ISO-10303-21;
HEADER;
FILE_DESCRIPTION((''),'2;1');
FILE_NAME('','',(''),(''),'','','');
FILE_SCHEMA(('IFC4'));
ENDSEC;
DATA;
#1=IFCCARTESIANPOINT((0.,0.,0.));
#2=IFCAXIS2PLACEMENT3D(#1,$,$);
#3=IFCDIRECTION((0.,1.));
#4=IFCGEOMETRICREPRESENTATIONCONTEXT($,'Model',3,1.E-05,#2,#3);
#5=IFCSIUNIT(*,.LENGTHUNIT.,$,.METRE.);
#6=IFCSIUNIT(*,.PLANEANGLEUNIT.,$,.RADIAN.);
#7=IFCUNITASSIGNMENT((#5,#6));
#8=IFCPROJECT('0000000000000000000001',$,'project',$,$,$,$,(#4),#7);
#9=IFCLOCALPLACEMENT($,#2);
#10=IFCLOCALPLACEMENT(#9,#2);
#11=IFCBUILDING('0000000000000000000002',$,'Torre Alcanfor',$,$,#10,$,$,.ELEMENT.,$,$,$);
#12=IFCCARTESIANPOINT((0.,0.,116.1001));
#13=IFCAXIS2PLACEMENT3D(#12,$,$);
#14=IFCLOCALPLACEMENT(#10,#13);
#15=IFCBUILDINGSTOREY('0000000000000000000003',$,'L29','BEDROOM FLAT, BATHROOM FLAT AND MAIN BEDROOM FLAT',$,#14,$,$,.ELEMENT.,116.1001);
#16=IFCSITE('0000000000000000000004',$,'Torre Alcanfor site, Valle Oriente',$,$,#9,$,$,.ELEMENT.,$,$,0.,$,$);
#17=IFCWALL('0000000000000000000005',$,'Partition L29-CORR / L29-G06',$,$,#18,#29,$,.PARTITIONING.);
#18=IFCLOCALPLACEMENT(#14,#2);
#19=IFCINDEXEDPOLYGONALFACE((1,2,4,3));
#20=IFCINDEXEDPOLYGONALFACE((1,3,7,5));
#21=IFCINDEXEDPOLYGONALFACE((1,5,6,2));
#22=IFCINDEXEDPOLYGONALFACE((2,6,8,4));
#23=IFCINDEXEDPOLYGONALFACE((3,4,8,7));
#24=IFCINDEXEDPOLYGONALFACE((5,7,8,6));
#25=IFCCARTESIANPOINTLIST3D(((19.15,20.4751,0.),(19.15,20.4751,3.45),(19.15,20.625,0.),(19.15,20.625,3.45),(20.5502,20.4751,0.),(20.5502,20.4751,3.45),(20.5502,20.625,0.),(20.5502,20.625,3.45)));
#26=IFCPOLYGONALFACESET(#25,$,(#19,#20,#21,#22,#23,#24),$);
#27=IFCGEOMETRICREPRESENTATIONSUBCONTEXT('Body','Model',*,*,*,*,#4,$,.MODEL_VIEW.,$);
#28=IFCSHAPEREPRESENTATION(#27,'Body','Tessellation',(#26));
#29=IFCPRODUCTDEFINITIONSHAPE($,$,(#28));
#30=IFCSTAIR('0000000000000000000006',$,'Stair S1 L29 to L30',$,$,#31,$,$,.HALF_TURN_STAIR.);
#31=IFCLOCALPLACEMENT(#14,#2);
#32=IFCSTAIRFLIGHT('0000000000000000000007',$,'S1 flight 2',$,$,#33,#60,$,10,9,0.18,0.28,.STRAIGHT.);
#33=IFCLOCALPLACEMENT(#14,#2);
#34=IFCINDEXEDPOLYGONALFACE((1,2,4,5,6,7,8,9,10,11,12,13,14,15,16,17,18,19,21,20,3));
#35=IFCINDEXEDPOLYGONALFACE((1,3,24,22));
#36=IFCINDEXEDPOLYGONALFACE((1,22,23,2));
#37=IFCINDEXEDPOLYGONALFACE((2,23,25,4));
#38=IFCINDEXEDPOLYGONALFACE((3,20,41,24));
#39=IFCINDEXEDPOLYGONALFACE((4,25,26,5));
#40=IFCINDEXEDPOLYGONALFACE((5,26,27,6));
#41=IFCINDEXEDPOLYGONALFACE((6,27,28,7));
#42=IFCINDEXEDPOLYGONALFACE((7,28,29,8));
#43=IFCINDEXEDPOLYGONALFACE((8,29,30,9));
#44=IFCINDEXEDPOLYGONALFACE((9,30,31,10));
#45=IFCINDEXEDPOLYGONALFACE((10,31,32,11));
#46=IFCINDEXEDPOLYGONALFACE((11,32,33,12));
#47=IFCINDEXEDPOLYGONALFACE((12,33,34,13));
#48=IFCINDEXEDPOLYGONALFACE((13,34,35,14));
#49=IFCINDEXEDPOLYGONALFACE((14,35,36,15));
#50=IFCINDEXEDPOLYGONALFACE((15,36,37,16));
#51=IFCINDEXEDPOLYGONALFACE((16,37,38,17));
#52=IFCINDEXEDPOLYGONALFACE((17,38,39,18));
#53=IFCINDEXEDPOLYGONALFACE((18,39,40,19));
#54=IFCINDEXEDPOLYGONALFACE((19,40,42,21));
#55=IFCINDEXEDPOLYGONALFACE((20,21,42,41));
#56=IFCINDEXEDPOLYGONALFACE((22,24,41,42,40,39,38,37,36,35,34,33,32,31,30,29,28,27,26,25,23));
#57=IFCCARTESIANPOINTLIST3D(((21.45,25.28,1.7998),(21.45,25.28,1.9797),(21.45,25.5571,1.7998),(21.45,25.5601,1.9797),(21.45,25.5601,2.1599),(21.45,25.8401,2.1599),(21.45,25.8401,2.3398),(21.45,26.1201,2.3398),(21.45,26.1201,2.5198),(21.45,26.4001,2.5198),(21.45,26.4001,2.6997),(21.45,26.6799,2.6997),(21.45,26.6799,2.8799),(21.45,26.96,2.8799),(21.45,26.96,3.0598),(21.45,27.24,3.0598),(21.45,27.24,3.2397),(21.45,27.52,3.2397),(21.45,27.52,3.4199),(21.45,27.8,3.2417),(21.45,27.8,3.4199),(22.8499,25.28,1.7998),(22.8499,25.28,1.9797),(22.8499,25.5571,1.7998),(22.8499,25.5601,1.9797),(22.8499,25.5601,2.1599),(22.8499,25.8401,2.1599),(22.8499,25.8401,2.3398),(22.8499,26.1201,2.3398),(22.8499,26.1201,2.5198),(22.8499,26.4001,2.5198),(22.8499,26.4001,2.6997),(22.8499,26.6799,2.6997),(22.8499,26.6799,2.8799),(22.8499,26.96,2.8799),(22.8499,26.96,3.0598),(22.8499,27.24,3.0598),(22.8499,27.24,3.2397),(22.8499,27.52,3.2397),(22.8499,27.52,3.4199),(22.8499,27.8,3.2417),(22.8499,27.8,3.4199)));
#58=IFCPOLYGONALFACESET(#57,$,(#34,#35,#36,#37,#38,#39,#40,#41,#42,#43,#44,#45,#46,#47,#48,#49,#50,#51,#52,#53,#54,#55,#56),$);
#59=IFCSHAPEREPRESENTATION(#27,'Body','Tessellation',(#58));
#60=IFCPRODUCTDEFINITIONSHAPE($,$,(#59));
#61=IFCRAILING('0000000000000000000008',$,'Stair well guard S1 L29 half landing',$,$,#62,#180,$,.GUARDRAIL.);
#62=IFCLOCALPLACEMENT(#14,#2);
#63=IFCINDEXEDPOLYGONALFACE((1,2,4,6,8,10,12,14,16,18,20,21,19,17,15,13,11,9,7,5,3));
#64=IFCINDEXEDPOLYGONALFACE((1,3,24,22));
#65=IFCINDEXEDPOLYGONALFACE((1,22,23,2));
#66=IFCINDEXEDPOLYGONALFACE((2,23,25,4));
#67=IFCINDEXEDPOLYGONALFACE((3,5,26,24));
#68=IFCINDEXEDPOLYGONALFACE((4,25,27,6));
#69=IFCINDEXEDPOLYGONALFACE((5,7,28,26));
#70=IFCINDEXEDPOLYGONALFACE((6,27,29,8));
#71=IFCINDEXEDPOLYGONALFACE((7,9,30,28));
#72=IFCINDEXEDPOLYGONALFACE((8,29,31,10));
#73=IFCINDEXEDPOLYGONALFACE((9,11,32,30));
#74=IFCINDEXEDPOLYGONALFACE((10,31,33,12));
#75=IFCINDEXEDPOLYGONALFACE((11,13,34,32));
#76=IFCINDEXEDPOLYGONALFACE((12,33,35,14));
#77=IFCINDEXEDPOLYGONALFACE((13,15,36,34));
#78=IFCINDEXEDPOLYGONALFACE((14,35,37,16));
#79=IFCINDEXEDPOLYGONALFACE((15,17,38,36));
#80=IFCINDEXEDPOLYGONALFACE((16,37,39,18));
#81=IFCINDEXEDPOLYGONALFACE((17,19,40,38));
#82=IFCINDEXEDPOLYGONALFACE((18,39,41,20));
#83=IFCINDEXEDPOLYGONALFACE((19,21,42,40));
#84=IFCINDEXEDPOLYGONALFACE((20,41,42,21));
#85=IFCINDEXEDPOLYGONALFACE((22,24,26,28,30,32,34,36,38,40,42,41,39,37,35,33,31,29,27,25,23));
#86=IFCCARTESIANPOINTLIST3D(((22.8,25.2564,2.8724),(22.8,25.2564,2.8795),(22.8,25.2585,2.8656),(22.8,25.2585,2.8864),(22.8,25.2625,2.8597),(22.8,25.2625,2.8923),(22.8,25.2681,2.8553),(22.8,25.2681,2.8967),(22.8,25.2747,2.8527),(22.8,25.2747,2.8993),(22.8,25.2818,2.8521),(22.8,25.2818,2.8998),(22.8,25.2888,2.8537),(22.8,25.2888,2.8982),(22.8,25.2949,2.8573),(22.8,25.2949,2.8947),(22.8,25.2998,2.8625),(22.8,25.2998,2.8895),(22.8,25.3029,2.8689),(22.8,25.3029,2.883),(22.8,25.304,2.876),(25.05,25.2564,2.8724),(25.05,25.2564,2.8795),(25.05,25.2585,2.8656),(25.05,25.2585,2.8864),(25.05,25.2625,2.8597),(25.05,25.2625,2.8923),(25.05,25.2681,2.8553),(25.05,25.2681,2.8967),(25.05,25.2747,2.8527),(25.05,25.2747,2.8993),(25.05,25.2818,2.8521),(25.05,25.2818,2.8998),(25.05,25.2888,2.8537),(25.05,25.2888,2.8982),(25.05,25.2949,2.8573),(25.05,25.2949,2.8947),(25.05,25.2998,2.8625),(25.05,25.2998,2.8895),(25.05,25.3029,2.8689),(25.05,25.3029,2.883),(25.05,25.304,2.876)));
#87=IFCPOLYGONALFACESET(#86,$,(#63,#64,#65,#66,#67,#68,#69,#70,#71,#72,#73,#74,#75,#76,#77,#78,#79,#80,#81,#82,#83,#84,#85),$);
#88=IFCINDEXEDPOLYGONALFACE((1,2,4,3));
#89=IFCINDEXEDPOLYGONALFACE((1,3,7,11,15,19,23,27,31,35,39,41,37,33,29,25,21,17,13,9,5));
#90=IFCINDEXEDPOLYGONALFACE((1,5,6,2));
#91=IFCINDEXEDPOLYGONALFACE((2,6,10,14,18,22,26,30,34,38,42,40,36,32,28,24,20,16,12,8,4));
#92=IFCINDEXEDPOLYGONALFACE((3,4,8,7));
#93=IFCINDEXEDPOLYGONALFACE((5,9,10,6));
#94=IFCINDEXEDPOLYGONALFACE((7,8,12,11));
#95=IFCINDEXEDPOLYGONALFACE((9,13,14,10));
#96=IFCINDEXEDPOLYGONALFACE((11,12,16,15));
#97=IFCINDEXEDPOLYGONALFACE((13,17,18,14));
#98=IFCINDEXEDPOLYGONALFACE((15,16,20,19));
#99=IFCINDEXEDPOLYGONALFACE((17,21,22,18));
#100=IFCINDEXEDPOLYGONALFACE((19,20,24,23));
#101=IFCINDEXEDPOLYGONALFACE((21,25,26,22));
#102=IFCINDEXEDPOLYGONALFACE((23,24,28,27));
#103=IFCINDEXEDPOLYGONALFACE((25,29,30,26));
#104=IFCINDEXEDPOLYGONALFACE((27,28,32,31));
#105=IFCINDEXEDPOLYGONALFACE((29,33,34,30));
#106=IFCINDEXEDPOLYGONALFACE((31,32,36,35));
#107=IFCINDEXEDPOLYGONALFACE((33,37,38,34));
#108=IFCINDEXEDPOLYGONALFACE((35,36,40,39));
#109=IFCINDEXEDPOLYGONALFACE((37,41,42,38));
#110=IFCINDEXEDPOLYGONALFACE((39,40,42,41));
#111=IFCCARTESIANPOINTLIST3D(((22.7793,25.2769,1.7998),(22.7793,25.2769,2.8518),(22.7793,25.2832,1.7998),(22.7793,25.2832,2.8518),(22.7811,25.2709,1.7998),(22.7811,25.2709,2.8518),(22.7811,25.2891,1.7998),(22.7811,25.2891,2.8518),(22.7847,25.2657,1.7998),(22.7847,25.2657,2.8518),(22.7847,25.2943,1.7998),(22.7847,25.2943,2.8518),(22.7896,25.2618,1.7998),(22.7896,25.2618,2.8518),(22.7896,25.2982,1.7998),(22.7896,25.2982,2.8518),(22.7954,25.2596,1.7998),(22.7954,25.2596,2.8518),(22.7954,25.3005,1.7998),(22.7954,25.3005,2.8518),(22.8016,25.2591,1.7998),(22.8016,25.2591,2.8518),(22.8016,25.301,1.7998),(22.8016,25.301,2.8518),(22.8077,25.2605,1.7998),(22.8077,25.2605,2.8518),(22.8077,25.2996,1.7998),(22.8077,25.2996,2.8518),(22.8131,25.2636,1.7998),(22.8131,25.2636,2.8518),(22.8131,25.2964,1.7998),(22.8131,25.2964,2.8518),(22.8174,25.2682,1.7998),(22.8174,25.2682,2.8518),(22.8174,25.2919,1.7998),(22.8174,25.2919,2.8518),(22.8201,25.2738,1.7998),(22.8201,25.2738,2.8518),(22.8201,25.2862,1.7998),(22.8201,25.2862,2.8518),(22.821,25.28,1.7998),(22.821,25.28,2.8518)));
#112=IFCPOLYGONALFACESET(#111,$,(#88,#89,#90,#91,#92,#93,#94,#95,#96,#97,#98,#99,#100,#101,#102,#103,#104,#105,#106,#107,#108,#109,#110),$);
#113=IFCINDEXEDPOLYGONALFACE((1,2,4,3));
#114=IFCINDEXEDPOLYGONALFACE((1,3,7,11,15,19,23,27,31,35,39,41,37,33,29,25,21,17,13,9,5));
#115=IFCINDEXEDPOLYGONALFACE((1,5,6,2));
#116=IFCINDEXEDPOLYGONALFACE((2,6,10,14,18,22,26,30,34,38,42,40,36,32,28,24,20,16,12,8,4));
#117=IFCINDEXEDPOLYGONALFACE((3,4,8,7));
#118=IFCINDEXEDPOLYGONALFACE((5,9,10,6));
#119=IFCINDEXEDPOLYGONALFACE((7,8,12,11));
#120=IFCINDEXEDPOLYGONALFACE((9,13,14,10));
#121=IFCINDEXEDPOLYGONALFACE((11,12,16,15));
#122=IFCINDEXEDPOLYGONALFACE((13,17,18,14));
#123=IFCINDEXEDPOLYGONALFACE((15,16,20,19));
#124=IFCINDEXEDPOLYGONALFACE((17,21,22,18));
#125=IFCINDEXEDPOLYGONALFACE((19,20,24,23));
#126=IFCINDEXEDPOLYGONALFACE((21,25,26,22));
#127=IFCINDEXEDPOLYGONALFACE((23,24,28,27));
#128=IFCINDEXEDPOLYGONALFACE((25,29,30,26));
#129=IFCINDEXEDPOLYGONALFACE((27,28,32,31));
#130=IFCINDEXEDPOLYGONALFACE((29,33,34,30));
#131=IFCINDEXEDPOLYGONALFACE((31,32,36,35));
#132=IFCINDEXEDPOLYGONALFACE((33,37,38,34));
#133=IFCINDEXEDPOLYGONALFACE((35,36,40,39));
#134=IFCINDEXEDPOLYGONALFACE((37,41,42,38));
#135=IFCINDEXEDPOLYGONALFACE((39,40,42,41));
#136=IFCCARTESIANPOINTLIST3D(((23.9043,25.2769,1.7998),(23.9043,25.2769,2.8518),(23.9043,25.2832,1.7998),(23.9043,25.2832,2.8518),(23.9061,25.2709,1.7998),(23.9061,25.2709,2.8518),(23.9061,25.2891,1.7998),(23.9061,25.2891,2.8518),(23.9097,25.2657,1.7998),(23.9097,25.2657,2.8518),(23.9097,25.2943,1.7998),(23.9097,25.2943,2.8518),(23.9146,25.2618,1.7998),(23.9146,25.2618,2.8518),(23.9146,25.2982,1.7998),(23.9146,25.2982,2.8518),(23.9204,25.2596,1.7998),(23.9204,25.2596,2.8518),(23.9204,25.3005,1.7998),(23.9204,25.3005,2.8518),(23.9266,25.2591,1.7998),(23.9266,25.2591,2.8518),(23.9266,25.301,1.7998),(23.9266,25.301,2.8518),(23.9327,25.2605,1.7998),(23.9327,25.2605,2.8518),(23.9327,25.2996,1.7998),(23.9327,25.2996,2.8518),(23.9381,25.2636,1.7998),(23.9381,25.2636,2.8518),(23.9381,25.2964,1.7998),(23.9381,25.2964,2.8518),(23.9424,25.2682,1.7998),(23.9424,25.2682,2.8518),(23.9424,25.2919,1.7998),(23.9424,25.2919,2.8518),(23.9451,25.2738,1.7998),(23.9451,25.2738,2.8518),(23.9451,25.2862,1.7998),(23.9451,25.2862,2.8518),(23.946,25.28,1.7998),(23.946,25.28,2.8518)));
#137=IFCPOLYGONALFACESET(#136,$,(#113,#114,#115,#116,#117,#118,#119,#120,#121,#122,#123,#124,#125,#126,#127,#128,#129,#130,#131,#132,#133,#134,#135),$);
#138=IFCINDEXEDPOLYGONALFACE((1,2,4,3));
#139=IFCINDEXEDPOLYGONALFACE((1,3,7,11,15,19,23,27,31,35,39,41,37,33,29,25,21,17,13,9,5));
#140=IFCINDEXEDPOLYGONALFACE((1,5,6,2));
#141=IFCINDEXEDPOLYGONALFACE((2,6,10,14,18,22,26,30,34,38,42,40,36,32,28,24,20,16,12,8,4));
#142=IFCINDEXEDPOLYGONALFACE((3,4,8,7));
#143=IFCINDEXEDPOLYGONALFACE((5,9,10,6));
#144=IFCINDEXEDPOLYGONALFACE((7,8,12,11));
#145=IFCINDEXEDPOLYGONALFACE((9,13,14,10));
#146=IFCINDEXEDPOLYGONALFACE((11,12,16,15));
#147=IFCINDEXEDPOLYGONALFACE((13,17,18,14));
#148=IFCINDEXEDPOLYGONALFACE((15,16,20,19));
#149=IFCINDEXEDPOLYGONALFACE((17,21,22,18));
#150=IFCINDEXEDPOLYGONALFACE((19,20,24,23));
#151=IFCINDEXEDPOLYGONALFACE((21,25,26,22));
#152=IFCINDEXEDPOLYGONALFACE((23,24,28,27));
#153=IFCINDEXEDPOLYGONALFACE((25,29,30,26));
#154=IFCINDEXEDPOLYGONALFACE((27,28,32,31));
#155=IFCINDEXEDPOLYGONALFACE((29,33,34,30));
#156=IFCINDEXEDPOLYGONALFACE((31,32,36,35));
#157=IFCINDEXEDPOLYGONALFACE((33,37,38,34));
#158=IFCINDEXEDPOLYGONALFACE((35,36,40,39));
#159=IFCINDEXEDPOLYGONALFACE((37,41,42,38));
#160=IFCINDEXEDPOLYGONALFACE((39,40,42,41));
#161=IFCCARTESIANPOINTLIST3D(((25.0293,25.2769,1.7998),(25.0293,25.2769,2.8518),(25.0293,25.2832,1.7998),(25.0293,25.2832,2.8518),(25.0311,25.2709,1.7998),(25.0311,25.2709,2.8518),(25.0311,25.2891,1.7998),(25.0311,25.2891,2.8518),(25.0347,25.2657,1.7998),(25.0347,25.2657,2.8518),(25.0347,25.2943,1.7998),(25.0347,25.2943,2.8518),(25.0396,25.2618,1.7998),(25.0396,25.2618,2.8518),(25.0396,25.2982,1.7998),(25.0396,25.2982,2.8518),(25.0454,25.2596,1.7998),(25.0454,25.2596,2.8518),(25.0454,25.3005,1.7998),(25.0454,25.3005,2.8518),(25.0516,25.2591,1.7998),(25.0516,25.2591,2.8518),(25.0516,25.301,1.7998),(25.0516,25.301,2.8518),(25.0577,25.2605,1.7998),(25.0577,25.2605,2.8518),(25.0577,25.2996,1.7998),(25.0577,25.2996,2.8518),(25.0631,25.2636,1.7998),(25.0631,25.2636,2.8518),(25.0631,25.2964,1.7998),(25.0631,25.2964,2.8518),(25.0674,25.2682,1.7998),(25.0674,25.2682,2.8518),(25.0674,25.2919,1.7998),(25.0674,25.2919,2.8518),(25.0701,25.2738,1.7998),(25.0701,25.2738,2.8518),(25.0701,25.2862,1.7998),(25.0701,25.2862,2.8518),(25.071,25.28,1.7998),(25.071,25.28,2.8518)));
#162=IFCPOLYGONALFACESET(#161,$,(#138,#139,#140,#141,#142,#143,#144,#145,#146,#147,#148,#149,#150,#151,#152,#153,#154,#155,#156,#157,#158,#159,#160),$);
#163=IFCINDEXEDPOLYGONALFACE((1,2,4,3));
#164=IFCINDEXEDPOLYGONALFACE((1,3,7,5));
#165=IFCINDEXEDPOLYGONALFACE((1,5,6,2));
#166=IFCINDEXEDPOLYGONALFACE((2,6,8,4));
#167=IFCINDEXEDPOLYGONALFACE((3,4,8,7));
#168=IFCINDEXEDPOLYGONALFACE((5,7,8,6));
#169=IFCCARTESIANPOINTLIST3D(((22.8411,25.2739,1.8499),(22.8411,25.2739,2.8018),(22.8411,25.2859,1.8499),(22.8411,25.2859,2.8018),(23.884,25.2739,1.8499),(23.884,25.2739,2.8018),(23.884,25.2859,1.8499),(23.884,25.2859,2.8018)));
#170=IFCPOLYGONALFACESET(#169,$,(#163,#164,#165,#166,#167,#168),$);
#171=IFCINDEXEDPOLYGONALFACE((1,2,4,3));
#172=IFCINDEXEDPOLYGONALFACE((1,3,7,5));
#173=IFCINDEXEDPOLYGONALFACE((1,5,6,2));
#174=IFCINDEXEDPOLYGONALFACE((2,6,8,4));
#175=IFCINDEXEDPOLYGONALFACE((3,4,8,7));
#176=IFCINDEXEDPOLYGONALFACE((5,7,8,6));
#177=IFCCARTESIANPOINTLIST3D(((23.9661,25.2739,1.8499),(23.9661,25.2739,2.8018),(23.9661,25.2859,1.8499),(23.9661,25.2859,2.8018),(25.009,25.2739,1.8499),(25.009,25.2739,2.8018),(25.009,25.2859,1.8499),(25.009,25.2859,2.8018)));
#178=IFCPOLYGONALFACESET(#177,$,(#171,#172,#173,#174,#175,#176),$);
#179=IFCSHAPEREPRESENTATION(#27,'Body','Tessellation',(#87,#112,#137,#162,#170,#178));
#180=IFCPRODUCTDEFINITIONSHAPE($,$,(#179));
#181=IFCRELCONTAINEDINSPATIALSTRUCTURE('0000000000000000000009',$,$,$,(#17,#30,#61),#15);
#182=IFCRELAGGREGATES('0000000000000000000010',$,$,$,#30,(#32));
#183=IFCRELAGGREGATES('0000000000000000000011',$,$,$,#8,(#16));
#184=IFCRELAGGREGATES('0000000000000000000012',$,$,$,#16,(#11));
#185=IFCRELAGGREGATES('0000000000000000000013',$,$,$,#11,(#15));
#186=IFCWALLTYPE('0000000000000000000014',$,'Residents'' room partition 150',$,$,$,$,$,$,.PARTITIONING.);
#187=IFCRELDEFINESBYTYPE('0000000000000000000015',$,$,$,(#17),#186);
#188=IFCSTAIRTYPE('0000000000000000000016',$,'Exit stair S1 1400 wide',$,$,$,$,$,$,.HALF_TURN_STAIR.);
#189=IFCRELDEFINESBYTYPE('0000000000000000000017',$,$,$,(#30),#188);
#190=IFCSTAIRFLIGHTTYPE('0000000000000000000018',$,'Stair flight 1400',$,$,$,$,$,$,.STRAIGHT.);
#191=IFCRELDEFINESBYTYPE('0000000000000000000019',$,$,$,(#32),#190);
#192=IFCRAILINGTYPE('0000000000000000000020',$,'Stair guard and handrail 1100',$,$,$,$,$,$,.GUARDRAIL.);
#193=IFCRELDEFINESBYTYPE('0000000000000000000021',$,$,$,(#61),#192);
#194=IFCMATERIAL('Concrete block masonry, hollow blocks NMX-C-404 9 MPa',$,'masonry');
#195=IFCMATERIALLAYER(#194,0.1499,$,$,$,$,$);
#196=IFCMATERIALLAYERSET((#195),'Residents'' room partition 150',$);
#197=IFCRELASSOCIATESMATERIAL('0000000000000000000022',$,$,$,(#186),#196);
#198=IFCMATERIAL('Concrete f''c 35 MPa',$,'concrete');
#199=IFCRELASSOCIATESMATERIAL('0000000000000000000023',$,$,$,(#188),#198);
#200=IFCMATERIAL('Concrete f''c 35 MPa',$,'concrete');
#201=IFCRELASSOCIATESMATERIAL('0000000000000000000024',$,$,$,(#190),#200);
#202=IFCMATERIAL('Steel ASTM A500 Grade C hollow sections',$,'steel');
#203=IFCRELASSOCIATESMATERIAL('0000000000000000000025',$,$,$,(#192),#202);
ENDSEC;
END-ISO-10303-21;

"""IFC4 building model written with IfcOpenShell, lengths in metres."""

from ifc_helpers import new_model, si_unit, direction, frame, frame_2d, origin, origin_2d, place, context, subcontext, project, spatial, polyline, rectangle, circle, outline, extrude, material, layer, layer_set, type_object, element, aggregate, save


model = new_model("IFC4")

# Units and contexts
model_context = context("Model", 3, precision=1e-05, world=origin(), true_north=direction((0.0, 1.0)))
body_context = subcontext(model_context, "Body", "Model", "MODEL_VIEW")
ifc_project = project(units=[si_unit("LENGTHUNIT", "METRE"), si_unit("PLANEANGLEUNIT", "RADIAN")], contexts=[model_context])

# Site, building, storey
site_placement = place(None, origin())
site = spatial("IfcSite", under=ifc_project, at=site_placement, Name="Torre Alcanfor site, Valle Oriente", CompositionType="ELEMENT", RefElevation=0.0)
building_placement = place(site_placement, origin())
building = spatial("IfcBuilding", under=site, at=building_placement, Name="Torre Alcanfor", CompositionType="ELEMENT")
storey_placement = place(building_placement, frame((0.0, 0.0, 116.1001)))
storey = spatial("IfcBuildingStorey", under=building, at=storey_placement, Name="L29", Description="BEDROOM FLAT, BATHROOM FLAT AND MAIN BEDROOM FLAT", CompositionType="ELEMENT", Elevation=116.1001)

# Shared definitions
ifc_material_1 = material(Name="Concrete block masonry, hollow blocks NMX-C-404 9 MPa", Category="masonry")
ifc_layer_1 = layer(ifc_material_1, 0.1499)
ifc_layer_set_1 = layer_set([ifc_layer_1], Name="Residents' room partition 150")
wall_type_1 = type_object("IfcWallType", Name="Residents' room partition 150", PredefinedType="PARTITIONING", material=ifc_layer_set_1)

# Wall
wall_1_placement = place(storey_placement, frame((19.1499, 20.55, 0.0), z_axis=(0.0, 0.0, 1.0), x_axis=(1.0, 0.0, 0.0)))
element("IfcWall", 1, at=wall_1_placement, inside=storey, type_object=wall_type_1, Name="Partition L29-CORR / L29-G06", PredefinedType="PARTITIONING", context=body_context, shape_type="SweptSolid", body=[
    extrude(rectangle(XDim=1.4001, YDim=0.1499, at=frame_2d((0.7002, 0.0))), origin(), (0.0, 0.0, 1.0), 3.45),
])

# Stair, stair flight
ifc_material_2 = material(Name="Concrete f'c 35 MPa", Category="concrete")
stair_type = type_object("IfcStairType", Name="Exit stair S1 1400 wide", PredefinedType="HALF_TURN_STAIR", material=ifc_material_2)
stair_placement = place(storey_placement, origin())
stair = element("IfcStair", 2, at=stair_placement, inside=storey, type_object=stair_type, Name="Stair S1 L29 to L30", PredefinedType="HALF_TURN_STAIR")
ifc_material_3 = material(Name="Concrete f'c 35 MPa", Category="concrete")
stair_flight_type = type_object("IfcStairFlightType", Name="Stair flight 1400", PredefinedType="STRAIGHT", material=ifc_material_3)
stair_flight_placement = place(storey_placement, frame((22.1499, 25.28, 1.7998), z_axis=(0.0, 0.0, 1.0), x_axis=(0.0, 1.0, 0.0)))
stair_flight = element("IfcStairFlight", 3, at=stair_flight_placement, type_object=stair_flight_type, Name="S1 flight 2", NumberOfRisers=10, NumberOfTreads=9, PredefinedType="STRAIGHT", RiserHeight=0.18, TreadLength=0.28, context=body_context, shape_type="SweptSolid", body=[
    extrude(outline(polyline([(0.0, 0.0), (0.0, 0.1799), (0.28, 0.1799), (0.28, 0.3601), (0.5601, 0.3601), (0.5601, 0.54), (0.8401, 0.54), (0.8401, 0.72), (1.1201, 0.72), (1.1201, 0.8999), (1.3999, 0.8999), (1.3999, 1.0801), (1.6799, 1.0801), (1.6799, 1.26), (1.96, 1.26), (1.96, 1.4399), (2.24, 1.4399), (2.24, 1.6201), (2.52, 1.6201), (2.52, 1.8), (2.52, 1.4419), (0.2771, 0.0), (0.0, 0.0)])), frame((0.0, 0.7, 0.0), z_axis=(0.0, -1.0, 0.0), x_axis=(1.0, 0.0, 0.0)), (0.0, 0.0, 1.0), 1.3999),
])
aggregate(stair, [stair_flight])

# Railing
ifc_material_4 = material(Name="Steel ASTM A500 Grade C hollow sections", Category="steel")
railing_type_1 = type_object("IfcRailingType", Name="Stair guard and handrail 1100", PredefinedType="GUARDRAIL", material=ifc_material_4)
railing_1_placement = place(storey_placement, frame((22.8, 25.28, 1.7998)))
element("IfcRailing", 4, at=railing_1_placement, inside=storey, type_object=railing_type_1, Name="Stair well guard S1 L29 half landing", PredefinedType="GUARDRAIL", context=body_context, shape_type="SweptSolid", body=[
    extrude(circle(Radius=0.0239, at=origin_2d()), frame((0.0, 0.0, 1.0762), z_axis=(1.0, 0.0, 0.0), x_axis=(0.0, 1.0, 0.0)), (0.0, 0.0, 1.0), 2.25),
    extrude(circle(Radius=0.021, at=origin_2d()), origin(), (0.0, 0.0, 1.0), 1.052),
    extrude(circle(Radius=0.021, at=origin_2d()), frame((1.125, 0.0, 0.0)), (0.0, 0.0, 1.0), 1.052),
    extrude(circle(Radius=0.021, at=origin_2d()), frame((2.25, 0.0, 0.0)), (0.0, 0.0, 1.0), 1.052),
    extrude(outline(polyline([(0.041, 0.05), (1.084, 0.05), (1.084, 1.002), (0.041, 1.002), (0.041, 0.05)])), frame((0.0, 0.0059, 0.0), z_axis=(0.0, -1.0, 0.0), x_axis=(1.0, 0.0, 0.0)), (0.0, 0.0, 1.0), 0.012),
    extrude(outline(polyline([(1.166, 0.05), (2.209, 0.05), (2.209, 1.002), (1.166, 1.002), (1.166, 0.05)])), frame((0.0, 0.0059, 0.0), z_axis=(0.0, -1.0, 0.0), x_axis=(1.0, 0.0, 0.0)), (0.0, 0.0, 1.0), 0.012),
])

save(model, "model.ifc")
